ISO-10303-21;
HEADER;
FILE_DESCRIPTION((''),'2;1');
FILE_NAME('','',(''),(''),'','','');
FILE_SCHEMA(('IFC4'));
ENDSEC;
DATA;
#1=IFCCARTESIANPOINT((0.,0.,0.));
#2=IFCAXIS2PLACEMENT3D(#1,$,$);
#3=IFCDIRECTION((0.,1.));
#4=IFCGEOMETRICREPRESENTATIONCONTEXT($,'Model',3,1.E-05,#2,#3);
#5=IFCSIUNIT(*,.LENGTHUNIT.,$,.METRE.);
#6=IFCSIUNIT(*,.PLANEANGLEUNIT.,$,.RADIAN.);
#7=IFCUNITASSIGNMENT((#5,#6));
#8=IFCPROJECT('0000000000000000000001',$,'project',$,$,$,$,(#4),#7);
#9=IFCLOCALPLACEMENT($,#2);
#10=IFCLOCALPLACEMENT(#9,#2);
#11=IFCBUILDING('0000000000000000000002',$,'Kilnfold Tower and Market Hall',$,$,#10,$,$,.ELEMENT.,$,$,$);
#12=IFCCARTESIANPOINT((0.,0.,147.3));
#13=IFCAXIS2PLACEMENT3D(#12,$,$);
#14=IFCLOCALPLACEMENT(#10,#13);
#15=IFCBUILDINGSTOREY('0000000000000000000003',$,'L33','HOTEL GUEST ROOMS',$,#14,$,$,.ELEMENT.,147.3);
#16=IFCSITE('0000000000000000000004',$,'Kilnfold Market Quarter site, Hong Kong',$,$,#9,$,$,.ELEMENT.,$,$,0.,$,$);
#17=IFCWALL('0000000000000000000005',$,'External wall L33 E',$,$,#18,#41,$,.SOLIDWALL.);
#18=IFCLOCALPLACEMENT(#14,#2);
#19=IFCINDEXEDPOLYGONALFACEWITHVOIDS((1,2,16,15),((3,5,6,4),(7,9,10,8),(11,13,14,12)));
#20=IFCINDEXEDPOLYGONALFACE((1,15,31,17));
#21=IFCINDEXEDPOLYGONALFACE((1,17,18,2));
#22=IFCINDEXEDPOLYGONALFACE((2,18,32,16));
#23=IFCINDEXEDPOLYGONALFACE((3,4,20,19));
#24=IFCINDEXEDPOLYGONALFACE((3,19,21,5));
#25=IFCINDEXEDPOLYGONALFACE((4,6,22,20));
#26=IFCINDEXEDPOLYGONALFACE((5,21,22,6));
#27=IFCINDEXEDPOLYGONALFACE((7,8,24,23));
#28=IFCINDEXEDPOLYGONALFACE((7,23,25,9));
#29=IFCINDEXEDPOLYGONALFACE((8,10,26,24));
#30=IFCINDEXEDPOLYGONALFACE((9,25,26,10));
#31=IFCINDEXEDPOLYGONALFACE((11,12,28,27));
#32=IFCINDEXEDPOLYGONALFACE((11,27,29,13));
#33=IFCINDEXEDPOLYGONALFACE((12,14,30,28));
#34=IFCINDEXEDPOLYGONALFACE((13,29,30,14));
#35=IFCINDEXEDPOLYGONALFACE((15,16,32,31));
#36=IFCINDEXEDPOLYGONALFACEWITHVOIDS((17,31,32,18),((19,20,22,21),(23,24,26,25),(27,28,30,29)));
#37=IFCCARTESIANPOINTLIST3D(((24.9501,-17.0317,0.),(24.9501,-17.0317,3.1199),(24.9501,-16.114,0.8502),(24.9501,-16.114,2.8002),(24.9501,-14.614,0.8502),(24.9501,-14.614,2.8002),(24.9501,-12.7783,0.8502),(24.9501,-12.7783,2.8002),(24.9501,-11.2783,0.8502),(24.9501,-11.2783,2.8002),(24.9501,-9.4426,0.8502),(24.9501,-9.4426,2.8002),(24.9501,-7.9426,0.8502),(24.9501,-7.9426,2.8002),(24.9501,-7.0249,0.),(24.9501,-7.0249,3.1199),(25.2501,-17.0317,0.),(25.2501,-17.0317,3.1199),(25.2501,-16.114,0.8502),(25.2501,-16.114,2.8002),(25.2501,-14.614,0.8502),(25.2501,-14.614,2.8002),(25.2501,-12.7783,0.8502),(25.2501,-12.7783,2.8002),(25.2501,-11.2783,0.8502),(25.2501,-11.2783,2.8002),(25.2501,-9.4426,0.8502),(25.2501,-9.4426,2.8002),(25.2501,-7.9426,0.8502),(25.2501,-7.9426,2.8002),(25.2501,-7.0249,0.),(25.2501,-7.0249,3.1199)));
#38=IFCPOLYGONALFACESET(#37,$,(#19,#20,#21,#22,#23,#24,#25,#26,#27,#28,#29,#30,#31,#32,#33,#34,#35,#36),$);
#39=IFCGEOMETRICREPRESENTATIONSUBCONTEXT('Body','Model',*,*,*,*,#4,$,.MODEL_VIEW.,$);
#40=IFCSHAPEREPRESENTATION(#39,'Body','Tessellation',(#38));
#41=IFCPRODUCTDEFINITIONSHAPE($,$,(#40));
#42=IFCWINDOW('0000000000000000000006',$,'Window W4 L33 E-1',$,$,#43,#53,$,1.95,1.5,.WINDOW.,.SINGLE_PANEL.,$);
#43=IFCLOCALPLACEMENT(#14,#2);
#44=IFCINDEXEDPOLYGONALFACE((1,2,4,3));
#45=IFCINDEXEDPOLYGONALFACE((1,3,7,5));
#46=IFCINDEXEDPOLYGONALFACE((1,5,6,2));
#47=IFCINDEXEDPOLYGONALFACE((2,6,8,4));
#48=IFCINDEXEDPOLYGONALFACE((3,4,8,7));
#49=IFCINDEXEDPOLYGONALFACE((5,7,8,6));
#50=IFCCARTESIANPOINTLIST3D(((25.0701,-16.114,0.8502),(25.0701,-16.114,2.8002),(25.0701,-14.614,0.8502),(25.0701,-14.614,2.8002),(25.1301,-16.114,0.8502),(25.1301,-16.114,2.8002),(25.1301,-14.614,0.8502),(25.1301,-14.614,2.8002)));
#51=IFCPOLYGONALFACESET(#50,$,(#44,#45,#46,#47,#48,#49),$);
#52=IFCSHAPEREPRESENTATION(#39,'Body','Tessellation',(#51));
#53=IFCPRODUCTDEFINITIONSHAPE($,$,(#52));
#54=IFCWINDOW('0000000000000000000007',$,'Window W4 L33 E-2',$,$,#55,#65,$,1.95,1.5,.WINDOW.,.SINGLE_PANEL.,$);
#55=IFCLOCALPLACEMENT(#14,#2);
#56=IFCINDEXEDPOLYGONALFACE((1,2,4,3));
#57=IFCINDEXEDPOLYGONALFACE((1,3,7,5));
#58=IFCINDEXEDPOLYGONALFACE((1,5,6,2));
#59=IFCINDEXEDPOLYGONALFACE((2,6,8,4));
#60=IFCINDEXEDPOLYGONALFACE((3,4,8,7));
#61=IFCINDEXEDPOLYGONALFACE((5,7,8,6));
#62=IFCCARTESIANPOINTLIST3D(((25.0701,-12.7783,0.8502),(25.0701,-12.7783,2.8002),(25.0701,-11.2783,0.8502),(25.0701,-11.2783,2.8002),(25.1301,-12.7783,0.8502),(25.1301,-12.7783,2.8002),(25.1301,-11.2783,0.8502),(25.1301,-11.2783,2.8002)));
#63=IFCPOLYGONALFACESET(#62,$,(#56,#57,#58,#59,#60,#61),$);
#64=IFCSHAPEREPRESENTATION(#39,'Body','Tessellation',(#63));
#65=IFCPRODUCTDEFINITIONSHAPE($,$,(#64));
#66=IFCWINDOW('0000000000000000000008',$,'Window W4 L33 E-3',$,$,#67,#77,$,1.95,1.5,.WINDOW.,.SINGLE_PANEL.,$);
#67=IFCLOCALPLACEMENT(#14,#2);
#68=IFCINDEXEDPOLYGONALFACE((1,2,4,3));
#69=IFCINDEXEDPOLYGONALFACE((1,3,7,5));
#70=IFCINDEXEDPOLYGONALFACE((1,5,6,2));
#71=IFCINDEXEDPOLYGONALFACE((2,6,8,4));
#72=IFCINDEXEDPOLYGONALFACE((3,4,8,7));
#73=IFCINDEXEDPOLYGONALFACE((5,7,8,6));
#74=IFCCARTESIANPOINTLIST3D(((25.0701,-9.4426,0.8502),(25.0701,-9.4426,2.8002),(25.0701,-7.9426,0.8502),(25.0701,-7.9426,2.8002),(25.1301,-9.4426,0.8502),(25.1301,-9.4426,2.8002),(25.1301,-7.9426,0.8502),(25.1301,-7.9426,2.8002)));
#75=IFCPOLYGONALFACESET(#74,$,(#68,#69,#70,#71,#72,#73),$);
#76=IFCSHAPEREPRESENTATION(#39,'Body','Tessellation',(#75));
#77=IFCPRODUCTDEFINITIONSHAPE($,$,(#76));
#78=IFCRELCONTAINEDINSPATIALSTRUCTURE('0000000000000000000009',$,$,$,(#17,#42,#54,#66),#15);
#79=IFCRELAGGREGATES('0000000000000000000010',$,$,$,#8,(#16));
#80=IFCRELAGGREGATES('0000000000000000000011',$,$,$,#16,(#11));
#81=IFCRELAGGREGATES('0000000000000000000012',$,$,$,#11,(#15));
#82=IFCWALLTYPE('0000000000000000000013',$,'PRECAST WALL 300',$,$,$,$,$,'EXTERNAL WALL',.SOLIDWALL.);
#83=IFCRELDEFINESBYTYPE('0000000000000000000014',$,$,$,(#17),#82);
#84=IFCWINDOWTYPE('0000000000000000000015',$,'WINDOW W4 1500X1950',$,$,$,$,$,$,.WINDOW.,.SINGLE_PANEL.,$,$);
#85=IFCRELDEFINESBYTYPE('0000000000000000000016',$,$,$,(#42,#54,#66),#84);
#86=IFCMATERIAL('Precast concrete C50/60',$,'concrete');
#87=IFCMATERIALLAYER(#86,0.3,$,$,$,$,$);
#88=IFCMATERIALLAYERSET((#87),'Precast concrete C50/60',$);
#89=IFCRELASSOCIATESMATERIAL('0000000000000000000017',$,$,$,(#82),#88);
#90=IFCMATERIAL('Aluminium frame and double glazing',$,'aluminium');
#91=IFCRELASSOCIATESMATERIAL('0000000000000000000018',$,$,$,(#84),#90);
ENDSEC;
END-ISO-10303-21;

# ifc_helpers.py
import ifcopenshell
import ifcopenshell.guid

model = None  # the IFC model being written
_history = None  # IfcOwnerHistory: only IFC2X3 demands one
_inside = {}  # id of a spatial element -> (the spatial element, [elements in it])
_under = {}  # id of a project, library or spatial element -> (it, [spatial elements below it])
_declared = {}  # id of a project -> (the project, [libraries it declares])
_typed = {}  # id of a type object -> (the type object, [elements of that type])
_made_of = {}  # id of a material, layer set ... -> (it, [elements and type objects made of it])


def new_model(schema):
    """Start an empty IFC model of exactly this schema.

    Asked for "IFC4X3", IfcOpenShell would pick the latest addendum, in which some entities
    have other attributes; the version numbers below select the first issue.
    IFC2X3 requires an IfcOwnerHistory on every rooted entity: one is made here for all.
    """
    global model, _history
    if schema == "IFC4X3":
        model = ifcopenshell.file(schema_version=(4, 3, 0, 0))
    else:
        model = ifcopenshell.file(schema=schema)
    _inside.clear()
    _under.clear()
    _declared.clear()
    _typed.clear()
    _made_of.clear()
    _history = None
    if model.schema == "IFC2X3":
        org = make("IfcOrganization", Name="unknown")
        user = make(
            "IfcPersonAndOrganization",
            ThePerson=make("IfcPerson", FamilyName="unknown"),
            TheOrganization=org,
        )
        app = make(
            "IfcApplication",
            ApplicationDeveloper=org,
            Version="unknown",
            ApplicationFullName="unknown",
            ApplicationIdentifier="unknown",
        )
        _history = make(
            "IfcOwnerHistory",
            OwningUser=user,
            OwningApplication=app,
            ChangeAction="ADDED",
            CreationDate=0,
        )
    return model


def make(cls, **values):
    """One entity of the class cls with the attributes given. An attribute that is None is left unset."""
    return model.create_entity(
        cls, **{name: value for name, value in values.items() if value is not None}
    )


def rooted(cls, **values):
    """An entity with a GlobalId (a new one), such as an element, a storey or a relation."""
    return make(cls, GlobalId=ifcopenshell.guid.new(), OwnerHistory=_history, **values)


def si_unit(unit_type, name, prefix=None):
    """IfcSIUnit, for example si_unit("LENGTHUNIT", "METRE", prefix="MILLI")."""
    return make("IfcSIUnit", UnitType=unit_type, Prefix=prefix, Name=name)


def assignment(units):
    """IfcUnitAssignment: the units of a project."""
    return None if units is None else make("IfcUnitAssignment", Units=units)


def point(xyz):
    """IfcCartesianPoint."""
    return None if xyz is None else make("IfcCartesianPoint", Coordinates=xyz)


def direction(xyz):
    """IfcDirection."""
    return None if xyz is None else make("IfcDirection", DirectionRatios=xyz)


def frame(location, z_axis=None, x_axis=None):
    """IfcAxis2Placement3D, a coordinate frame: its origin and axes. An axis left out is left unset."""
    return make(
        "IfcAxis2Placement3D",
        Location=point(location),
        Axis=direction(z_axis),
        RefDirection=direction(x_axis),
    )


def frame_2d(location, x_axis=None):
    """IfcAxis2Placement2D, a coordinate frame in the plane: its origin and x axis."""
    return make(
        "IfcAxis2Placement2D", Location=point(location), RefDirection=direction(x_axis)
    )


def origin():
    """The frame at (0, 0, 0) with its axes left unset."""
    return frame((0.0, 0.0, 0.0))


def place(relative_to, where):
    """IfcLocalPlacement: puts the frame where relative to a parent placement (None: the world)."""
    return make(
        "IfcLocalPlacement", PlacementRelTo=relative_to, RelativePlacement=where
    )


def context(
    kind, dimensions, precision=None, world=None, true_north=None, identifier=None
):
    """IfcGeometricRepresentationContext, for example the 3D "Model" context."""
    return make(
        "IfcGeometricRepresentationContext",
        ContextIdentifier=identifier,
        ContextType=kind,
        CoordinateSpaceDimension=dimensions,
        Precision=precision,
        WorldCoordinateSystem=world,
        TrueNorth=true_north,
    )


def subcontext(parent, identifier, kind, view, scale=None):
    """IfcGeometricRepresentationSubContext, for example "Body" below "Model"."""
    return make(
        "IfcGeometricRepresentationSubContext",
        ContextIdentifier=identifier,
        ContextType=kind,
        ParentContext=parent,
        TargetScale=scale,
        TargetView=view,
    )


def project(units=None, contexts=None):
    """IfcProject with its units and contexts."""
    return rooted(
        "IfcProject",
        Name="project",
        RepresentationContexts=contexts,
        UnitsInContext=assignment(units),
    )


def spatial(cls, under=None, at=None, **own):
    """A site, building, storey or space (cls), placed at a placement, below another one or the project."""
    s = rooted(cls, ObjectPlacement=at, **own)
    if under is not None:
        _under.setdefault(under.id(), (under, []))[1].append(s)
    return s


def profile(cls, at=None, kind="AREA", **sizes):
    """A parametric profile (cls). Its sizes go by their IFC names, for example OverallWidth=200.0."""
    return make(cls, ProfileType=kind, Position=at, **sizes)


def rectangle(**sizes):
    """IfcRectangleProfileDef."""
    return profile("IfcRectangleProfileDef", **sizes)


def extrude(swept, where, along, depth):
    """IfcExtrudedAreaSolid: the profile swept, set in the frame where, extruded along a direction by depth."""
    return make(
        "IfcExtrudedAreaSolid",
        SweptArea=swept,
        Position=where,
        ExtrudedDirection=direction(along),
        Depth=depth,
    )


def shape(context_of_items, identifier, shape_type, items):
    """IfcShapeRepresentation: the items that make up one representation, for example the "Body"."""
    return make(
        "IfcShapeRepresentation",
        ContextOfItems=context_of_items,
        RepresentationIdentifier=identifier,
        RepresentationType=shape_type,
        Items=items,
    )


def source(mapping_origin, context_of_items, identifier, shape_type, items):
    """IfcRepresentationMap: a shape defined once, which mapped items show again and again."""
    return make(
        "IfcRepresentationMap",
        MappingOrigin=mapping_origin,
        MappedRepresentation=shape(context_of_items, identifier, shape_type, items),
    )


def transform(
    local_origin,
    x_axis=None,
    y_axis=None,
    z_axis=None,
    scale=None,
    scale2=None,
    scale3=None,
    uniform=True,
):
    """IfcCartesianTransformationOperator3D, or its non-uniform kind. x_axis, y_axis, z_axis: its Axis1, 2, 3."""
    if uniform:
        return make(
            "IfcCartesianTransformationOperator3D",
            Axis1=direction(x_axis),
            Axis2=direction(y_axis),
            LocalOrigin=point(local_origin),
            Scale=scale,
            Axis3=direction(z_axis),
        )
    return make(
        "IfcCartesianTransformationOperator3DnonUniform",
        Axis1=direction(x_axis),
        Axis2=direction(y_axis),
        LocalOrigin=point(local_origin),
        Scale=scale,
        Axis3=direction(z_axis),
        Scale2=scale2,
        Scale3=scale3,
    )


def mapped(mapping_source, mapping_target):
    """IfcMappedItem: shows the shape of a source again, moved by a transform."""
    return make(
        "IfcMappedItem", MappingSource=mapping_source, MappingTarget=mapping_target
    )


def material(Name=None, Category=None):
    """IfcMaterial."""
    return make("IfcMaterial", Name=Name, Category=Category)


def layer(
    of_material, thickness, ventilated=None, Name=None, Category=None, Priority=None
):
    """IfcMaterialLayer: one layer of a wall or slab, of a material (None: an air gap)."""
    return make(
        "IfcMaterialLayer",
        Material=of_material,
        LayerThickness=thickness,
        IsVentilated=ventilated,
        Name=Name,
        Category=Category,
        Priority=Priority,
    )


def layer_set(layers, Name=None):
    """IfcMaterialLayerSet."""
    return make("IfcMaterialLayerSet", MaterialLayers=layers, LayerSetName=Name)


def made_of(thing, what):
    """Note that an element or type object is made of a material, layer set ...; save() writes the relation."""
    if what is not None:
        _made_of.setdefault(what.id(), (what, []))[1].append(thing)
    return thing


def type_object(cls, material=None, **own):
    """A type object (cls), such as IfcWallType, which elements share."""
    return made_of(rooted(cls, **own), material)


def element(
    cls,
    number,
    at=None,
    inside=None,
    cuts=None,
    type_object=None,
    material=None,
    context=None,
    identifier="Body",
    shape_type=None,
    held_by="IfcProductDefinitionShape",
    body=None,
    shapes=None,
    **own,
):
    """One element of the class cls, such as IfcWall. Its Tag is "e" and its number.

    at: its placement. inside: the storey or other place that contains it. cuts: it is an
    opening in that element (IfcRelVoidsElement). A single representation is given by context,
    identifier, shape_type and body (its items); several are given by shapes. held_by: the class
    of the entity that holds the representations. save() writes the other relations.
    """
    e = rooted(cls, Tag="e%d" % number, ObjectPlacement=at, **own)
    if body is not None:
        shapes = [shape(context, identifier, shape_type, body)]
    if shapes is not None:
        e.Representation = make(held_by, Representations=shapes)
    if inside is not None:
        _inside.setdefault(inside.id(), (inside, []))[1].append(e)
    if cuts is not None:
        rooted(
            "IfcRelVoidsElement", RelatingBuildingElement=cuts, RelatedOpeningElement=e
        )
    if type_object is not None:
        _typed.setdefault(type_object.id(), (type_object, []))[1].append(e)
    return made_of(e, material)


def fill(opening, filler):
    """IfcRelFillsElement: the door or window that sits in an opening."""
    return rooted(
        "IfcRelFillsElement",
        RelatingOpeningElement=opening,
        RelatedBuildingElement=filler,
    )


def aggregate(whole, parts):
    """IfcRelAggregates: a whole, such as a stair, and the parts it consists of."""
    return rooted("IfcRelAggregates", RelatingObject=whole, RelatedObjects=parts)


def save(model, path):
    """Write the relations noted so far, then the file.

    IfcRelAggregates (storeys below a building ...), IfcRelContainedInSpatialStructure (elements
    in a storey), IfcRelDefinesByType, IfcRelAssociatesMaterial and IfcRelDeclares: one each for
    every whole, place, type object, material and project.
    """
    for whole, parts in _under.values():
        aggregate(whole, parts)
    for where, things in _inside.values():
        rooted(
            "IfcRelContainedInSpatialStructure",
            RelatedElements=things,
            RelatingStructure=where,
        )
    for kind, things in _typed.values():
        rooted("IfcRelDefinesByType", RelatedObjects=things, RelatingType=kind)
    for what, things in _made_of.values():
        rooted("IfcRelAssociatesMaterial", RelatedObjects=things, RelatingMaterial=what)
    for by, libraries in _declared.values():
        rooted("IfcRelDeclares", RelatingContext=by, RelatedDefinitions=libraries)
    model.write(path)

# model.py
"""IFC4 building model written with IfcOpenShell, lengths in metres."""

from ifc_helpers import new_model, si_unit, direction, frame, frame_2d, origin, place, context, subcontext, project, spatial, rectangle, extrude, source, transform, mapped, material, layer, layer_set, type_object, element, fill, save


model = new_model("IFC4")

# Units and contexts
model_context = context("Model", 3, precision=1e-05, world=origin(), true_north=direction((0.0, 1.0)))
body_context = subcontext(model_context, "Body", "Model", "MODEL_VIEW")
ifc_project = project(units=[si_unit("LENGTHUNIT", "METRE"), si_unit("PLANEANGLEUNIT", "RADIAN")], contexts=[model_context])

# Site, building, storey
site_placement = place(None, origin())
site = spatial("IfcSite", under=ifc_project, at=site_placement, Name="Kilnfold Market Quarter site, Hong Kong", CompositionType="ELEMENT", RefElevation=0.0)
building_placement = place(site_placement, origin())
building = spatial("IfcBuilding", under=site, at=building_placement, Name="Kilnfold Tower and Market Hall", CompositionType="ELEMENT")
storey_placement = place(building_placement, frame((0.0, 0.0, 147.3)))
storey = spatial("IfcBuildingStorey", under=building, at=storey_placement, Name="L33", Description="HOTEL GUEST ROOMS", CompositionType="ELEMENT", Elevation=147.3)

# Shared definitions
ifc_material_1 = material(Name="Precast concrete C50/60", Category="concrete")
ifc_layer_1 = layer(ifc_material_1, 0.3)
ifc_layer_set_1 = layer_set([ifc_layer_1], Name="Precast concrete C50/60")
wall_type_1 = type_object("IfcWallType", Name="PRECAST WALL 300", ElementType="EXTERNAL WALL", PredefinedType="SOLIDWALL", material=ifc_layer_set_1)
ifc_material_2 = material(Name="Aluminium frame and double glazing", Category="aluminium")
window_type = type_object("IfcWindowType", Name="WINDOW W4 1500X1950", PartitioningType="SINGLE_PANEL", PredefinedType="WINDOW", material=ifc_material_2)

# Wall, openings, windows
shared_shape_1 = source(origin(), body_context, "Body", "SweptSolid", [
    extrude(rectangle(XDim=10.0068, YDim=0.3, at=frame_2d((5.0034, 0.0))), origin(), (0.0, 0.0, 1.0), 3.1199),
])
wall_1_placement = place(storey_placement, frame((25.1001, -17.0317, 0.0), z_axis=(0.0, 0.0, 1.0), x_axis=(0.0, 1.0, 0.0)))
wall_1 = element("IfcWall", 1, at=wall_1_placement, inside=storey, type_object=wall_type_1, Name="External wall L33 E", PredefinedType="SOLIDWALL", context=body_context, shape_type="MappedRepresentation", body=[
    mapped(shared_shape_1, transform((0.0, 0.0, 0.0))),
])
opening_1_placement = place(wall_1_placement, frame((0.9177, 0.0, 0.8501)))
opening_1 = element("IfcOpeningElement", 2, at=opening_1_placement, cuts=wall_1, PredefinedType="OPENING", context=body_context, shape_type="SweptSolid", body=[
    extrude(rectangle(XDim=1.5, YDim=1.95, at=frame_2d((0.75, 0.9751))), frame((0.0, 0.1602, 0.0), z_axis=(0.0, -1.0, 0.0), x_axis=(1.0, 0.0, 0.0)), (0.0, 0.0, 1.0), 0.3201),
])
opening_2_placement = place(wall_1_placement, frame((4.2534, 0.0, 0.8501)))
opening_2 = element("IfcOpeningElement", 3, at=opening_2_placement, cuts=wall_1, PredefinedType="OPENING", context=body_context, shape_type="SweptSolid", body=[
    extrude(rectangle(XDim=1.5, YDim=1.95, at=frame_2d((0.75, 0.9751))), frame((0.0, 0.1602, 0.0), z_axis=(0.0, -1.0, 0.0), x_axis=(1.0, 0.0, 0.0)), (0.0, 0.0, 1.0), 0.3201),
])
opening_3_placement = place(wall_1_placement, frame((7.5891, 0.0, 0.8501)))
opening_3 = element("IfcOpeningElement", 4, at=opening_3_placement, cuts=wall_1, PredefinedType="OPENING", context=body_context, shape_type="SweptSolid", body=[
    extrude(rectangle(XDim=1.5, YDim=1.95, at=frame_2d((0.75, 0.9751))), frame((0.0, 0.1602, 0.0), z_axis=(0.0, -1.0, 0.0), x_axis=(1.0, 0.0, 0.0)), (0.0, 0.0, 1.0), 0.3201),
])
window_1_placement = place(opening_1_placement, origin())
window_1 = element("IfcWindow", 5, at=window_1_placement, inside=storey, type_object=window_type, Name="Window W4 L33 E-1", OverallHeight=1.95, OverallWidth=1.5, PartitioningType="SINGLE_PANEL", PredefinedType="WINDOW", context=body_context, shape_type="SweptSolid", body=[
    extrude(rectangle(XDim=1.5, YDim=1.95, at=frame_2d((0.75, 0.9751))), frame((0.0, 0.03, 0.0), z_axis=(0.0, -1.0, 0.0), x_axis=(1.0, 0.0, 0.0)), (0.0, 0.0, 1.0), 0.0601),
])
fill(opening_1, window_1)
window_2_placement = place(opening_2_placement, origin())
window_2 = element("IfcWindow", 6, at=window_2_placement, inside=storey, type_object=window_type, Name="Window W4 L33 E-2", OverallHeight=1.95, OverallWidth=1.5, PartitioningType="SINGLE_PANEL", PredefinedType="WINDOW", context=body_context, shape_type="SweptSolid", body=[
    extrude(rectangle(XDim=1.5, YDim=1.95, at=frame_2d((0.75, 0.9751))), frame((0.0, 0.03, 0.0), z_axis=(0.0, -1.0, 0.0), x_axis=(1.0, 0.0, 0.0)), (0.0, 0.0, 1.0), 0.0601),
])
fill(opening_2, window_2)
window_3_placement = place(opening_3_placement, origin())
window_3 = element("IfcWindow", 7, at=window_3_placement, inside=storey, type_object=window_type, Name="Window W4 L33 E-3", OverallHeight=1.95, OverallWidth=1.5, PartitioningType="SINGLE_PANEL", PredefinedType="WINDOW", context=body_context, shape_type="SweptSolid", body=[
    extrude(rectangle(XDim=1.5, YDim=1.95, at=frame_2d((0.75, 0.9751))), frame((0.0, 0.03, 0.0), z_axis=(0.0, -1.0, 0.0), x_axis=(1.0, 0.0, 0.0)), (0.0, 0.0, 1.0), 0.0601),
])
fill(opening_3, window_3)

save(model, "model.ifc")
